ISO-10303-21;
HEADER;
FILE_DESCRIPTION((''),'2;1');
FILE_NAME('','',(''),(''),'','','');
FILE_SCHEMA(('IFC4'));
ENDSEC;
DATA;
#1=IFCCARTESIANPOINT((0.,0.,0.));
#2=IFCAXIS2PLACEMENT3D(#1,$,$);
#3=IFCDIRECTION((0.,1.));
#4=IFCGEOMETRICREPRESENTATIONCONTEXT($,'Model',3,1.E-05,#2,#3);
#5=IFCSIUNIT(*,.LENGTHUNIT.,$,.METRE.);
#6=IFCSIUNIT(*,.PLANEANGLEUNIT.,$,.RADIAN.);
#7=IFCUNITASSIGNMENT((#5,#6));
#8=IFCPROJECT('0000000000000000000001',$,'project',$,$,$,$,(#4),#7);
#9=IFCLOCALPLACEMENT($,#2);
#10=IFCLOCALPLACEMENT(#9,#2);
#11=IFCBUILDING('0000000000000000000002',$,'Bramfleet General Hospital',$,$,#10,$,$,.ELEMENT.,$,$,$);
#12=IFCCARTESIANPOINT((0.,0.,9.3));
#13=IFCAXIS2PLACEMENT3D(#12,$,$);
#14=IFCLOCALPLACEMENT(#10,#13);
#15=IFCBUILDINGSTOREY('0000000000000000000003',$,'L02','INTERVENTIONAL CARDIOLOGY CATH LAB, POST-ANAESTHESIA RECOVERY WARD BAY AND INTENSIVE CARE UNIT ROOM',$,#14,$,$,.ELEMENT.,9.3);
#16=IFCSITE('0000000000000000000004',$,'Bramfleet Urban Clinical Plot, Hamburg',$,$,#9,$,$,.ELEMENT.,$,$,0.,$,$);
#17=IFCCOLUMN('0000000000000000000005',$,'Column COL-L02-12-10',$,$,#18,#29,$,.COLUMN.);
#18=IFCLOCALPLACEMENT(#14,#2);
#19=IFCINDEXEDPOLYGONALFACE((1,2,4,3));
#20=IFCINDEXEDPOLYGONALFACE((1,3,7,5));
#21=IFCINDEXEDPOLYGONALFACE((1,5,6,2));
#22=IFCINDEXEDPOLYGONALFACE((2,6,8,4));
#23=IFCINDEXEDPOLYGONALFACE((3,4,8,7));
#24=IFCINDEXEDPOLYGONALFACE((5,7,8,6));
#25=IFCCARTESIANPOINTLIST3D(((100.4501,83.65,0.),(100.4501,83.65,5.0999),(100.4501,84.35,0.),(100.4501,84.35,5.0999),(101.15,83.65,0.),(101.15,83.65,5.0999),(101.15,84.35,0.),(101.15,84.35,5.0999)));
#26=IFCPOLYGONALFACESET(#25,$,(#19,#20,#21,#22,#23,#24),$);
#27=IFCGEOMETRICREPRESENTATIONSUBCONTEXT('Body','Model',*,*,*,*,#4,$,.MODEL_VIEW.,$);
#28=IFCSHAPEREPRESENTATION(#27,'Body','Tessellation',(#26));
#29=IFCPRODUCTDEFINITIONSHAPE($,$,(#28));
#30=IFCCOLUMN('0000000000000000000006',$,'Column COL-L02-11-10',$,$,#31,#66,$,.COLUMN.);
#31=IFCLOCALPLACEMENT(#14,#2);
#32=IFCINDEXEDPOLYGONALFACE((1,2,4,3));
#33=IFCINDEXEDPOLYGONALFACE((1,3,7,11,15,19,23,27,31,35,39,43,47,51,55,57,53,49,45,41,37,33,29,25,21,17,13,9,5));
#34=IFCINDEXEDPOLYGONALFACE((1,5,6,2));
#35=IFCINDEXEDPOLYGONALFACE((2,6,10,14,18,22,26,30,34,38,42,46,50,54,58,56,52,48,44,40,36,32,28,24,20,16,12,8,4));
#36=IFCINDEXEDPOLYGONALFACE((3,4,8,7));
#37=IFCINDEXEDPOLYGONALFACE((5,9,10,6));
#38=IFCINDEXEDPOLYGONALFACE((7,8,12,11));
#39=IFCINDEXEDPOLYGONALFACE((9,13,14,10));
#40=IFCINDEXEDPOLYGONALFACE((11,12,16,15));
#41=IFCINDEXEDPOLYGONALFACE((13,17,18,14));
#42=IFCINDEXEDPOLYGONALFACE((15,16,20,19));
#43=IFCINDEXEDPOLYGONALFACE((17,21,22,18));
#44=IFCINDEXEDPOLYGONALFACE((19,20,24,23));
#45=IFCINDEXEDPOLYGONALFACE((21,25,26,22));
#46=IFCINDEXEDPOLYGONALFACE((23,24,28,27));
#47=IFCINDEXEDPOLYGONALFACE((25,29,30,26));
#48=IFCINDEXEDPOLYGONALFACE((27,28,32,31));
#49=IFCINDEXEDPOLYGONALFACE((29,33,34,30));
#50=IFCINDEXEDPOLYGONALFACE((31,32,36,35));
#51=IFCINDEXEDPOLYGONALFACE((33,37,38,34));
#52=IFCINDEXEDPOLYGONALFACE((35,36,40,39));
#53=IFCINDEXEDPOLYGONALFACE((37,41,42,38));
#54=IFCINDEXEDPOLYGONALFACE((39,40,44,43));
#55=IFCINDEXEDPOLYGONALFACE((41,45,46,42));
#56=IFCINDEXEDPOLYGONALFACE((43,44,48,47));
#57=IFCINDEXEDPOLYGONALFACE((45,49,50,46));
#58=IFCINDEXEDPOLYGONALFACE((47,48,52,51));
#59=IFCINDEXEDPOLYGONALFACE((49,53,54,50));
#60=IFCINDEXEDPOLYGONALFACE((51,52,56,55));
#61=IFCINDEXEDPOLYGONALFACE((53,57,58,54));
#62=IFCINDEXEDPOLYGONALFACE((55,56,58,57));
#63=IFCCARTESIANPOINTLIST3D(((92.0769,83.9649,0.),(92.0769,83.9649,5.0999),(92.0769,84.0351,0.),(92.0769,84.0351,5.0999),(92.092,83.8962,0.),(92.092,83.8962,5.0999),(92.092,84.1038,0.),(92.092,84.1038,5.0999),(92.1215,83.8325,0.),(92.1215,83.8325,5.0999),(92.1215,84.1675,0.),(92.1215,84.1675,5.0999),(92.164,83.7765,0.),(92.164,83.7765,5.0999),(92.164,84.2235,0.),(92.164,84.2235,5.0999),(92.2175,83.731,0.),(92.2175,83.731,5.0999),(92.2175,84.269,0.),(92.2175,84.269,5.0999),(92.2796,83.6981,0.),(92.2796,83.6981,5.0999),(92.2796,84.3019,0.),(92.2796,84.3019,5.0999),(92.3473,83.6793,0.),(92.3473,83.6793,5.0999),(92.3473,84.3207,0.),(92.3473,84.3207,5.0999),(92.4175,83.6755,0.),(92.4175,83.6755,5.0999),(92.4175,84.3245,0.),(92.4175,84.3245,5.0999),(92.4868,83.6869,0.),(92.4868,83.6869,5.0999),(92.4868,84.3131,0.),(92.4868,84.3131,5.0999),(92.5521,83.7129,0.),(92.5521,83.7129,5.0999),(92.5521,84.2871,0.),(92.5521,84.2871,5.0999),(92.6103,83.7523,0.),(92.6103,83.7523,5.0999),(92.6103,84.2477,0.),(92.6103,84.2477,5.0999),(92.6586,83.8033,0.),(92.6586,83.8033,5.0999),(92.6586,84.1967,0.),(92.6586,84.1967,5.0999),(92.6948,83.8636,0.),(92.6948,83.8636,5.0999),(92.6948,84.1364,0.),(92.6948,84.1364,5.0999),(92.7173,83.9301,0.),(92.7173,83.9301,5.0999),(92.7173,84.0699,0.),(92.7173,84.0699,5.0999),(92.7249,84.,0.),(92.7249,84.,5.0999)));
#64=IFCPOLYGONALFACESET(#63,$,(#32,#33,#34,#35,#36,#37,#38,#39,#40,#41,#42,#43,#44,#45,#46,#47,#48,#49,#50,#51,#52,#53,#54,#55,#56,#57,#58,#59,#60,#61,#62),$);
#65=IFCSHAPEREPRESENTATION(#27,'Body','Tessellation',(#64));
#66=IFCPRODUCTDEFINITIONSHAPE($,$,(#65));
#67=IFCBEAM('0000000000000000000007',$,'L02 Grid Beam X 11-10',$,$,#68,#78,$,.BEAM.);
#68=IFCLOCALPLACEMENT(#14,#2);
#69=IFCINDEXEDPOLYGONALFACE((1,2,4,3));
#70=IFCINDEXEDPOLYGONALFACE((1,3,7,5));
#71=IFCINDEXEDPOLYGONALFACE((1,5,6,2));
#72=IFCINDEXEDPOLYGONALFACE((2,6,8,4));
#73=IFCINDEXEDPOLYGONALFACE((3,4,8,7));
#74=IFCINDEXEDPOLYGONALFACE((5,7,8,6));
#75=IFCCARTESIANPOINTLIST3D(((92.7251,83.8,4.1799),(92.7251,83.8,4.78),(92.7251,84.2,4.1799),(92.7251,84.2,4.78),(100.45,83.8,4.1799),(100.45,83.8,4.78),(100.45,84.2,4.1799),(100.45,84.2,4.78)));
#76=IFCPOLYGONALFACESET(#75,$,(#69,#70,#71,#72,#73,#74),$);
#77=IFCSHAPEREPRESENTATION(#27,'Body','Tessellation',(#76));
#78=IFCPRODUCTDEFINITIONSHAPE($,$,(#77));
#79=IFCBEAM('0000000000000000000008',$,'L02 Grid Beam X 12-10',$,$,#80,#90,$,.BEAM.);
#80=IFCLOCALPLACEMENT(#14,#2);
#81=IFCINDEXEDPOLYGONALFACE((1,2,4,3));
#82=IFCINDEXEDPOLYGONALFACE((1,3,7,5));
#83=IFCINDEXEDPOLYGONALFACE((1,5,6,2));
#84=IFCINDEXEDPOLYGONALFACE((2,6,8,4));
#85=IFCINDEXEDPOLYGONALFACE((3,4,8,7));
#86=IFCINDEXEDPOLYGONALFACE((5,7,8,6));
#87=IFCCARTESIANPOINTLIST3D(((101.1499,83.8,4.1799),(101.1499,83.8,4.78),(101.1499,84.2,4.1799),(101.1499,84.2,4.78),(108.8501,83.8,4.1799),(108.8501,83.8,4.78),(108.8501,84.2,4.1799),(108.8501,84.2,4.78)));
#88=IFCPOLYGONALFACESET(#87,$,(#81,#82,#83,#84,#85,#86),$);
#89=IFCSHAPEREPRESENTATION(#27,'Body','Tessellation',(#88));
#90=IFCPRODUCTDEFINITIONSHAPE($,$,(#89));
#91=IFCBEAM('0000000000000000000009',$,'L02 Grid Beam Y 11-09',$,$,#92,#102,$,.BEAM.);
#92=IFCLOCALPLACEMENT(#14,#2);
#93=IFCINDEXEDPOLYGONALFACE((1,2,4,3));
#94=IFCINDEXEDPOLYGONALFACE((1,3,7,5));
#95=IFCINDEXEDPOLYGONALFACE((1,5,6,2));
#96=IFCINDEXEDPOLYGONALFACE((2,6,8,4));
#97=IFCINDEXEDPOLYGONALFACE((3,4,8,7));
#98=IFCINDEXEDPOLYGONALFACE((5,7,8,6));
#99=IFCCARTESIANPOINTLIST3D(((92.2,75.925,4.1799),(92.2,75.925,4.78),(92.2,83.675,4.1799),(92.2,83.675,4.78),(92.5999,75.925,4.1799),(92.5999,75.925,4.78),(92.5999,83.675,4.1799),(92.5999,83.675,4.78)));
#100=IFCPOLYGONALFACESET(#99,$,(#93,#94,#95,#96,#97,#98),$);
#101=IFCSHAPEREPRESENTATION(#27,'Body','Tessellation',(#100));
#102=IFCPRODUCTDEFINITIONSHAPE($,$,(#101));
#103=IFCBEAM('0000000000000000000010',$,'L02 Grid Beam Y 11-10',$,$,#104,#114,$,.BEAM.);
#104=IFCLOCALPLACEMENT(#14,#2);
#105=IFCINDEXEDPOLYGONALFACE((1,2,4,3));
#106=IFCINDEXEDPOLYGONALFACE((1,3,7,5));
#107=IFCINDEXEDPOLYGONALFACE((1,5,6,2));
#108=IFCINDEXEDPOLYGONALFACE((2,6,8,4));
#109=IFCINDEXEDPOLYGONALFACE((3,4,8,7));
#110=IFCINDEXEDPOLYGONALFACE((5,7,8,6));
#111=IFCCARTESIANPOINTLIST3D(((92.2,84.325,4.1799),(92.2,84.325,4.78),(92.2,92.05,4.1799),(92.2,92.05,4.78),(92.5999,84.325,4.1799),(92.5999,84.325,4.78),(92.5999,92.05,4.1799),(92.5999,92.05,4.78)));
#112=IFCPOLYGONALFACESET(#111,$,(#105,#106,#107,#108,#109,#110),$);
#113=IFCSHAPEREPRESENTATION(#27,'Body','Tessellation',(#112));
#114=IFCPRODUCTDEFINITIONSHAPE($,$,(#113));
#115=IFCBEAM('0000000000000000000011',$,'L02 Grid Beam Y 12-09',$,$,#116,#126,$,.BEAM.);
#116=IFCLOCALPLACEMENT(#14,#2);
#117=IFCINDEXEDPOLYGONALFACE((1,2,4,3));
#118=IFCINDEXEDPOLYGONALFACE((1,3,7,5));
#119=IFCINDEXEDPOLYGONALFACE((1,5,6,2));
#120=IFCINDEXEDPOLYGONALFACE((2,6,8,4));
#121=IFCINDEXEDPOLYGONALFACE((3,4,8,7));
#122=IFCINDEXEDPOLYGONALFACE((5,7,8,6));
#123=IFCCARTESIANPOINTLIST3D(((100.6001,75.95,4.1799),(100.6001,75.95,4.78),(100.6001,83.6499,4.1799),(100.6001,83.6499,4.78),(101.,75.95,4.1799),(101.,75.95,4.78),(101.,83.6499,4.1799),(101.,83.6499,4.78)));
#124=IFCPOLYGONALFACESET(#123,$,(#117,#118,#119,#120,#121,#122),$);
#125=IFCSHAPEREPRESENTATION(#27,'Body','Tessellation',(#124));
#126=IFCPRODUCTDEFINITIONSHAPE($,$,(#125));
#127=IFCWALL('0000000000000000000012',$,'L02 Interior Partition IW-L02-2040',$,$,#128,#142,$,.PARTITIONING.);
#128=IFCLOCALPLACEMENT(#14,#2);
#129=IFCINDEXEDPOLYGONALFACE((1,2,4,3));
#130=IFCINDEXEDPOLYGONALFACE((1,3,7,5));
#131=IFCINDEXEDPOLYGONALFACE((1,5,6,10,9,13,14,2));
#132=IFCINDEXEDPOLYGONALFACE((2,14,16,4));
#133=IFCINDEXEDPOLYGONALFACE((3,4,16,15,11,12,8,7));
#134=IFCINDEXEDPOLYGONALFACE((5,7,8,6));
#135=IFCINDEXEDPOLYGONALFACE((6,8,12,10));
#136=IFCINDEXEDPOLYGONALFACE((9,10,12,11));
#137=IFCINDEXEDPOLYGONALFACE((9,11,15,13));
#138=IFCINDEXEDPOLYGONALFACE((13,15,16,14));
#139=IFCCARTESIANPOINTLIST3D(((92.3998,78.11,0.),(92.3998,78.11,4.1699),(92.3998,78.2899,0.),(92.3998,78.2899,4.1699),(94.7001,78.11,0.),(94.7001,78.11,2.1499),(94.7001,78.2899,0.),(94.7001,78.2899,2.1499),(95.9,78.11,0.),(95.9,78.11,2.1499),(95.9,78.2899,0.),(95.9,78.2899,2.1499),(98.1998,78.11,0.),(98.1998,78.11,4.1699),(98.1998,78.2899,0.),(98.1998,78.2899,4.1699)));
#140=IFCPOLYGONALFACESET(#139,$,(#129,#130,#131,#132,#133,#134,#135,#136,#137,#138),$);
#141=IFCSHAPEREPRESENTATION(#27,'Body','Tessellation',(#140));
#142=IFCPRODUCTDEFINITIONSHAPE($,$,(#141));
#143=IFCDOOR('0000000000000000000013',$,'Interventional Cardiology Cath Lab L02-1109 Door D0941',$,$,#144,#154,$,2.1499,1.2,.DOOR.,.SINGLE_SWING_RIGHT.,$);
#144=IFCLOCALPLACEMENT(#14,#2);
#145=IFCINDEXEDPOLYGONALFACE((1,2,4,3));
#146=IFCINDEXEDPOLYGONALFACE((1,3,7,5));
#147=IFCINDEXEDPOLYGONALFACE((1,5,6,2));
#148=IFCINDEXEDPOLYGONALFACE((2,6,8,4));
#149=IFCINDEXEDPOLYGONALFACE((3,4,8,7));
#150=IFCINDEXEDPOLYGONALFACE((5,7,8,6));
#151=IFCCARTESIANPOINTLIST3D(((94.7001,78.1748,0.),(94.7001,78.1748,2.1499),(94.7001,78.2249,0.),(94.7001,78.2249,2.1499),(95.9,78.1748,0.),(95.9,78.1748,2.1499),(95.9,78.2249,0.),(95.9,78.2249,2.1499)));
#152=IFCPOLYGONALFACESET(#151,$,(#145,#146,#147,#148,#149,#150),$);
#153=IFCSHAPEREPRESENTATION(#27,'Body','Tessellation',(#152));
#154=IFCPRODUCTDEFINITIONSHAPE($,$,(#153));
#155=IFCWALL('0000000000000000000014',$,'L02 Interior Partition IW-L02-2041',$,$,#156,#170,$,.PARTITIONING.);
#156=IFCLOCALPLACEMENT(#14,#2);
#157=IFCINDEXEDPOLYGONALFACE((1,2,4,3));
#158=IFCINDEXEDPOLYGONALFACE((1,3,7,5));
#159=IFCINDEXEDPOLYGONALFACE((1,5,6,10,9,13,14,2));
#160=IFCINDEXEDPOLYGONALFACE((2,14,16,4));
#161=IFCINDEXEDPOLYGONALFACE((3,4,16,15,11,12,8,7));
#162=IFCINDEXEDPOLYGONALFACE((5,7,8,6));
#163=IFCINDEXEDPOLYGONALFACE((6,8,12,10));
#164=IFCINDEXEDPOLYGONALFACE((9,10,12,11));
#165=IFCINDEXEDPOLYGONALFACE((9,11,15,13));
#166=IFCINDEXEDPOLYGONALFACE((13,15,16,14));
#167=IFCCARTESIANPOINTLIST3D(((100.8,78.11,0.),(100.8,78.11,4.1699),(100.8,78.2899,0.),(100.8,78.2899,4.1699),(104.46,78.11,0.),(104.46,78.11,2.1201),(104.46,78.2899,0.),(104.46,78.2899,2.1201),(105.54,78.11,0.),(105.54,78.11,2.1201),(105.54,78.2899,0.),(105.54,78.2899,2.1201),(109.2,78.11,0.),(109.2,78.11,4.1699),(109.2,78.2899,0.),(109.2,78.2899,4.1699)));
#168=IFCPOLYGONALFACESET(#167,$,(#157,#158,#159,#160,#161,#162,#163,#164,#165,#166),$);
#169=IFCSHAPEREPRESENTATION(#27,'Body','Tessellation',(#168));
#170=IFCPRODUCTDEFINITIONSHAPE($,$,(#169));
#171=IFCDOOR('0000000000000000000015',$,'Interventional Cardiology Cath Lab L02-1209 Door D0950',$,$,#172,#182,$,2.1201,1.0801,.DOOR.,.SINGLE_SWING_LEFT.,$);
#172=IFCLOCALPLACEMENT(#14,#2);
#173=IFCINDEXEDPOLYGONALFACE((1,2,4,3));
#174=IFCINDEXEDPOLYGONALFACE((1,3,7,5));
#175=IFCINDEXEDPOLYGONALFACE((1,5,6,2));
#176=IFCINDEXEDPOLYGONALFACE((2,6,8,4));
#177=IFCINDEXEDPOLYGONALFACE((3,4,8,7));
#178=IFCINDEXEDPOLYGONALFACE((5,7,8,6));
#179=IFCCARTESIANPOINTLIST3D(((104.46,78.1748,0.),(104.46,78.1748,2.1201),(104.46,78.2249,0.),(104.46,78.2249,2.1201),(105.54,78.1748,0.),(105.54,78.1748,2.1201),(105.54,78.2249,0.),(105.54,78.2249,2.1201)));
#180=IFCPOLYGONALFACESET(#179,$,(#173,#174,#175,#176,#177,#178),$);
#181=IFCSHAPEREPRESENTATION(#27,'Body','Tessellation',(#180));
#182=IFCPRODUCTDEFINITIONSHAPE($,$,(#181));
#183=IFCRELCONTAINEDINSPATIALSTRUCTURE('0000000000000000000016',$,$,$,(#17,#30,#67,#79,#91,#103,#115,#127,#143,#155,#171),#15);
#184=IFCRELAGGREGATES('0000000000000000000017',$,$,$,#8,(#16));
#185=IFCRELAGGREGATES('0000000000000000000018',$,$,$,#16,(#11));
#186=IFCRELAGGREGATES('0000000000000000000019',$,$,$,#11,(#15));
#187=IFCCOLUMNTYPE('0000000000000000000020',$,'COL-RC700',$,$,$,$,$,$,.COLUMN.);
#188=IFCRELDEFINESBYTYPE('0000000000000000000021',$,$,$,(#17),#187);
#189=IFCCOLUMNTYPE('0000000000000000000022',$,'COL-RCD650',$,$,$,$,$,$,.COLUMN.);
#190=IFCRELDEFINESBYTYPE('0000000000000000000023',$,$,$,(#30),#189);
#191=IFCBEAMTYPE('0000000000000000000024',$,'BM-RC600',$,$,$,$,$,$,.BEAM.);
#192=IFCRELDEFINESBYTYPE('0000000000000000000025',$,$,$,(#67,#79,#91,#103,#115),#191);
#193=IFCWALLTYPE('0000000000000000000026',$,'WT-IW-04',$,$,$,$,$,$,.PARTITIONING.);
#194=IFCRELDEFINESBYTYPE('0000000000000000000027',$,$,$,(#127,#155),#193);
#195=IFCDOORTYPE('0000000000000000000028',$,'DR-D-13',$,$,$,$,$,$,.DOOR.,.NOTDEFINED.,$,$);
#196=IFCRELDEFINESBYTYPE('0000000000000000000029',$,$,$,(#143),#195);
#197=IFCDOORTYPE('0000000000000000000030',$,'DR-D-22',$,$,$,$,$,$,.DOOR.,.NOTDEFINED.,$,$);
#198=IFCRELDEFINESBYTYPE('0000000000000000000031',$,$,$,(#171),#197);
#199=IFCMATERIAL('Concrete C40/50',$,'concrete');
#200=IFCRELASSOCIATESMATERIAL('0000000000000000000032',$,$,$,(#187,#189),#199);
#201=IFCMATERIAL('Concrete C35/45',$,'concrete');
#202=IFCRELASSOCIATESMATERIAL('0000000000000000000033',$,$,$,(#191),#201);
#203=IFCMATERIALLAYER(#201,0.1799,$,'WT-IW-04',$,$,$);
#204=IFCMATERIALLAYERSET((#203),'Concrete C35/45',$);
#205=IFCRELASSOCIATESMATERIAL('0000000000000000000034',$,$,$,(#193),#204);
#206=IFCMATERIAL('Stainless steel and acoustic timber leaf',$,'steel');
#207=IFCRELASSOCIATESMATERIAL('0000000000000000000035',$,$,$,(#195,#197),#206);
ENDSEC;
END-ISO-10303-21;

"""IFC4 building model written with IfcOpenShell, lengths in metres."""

from ifc_helpers import new_model, si_unit, direction, frame, frame_2d, origin, origin_2d, place, context, subcontext, project, spatial, rectangle, circle, extrude, material, layer, layer_set, material_profile, profile_set, type_object, element, fill, save


model = new_model("IFC4")

# Units and contexts
model_context = context("Model", 3, precision=1e-05, world=origin(), true_north=direction((0.0, 1.0)))
body_context = subcontext(model_context, "Body", "Model", "MODEL_VIEW")
ifc_project = project(units=[si_unit("LENGTHUNIT", "METRE"), si_unit("PLANEANGLEUNIT", "RADIAN")], contexts=[model_context])

# Site, building, storey
site_placement = place(None, origin())
site = spatial("IfcSite", under=ifc_project, at=site_placement, Name="Bramfleet Urban Clinical Plot, Hamburg", CompositionType="ELEMENT", RefElevation=0.0)
building_placement = place(site_placement, origin())
building = spatial("IfcBuilding", under=site, at=building_placement, Name="Bramfleet General Hospital", CompositionType="ELEMENT")
storey_placement = place(building_placement, frame((0.0, 0.0, 9.3)))
storey = spatial("IfcBuildingStorey", under=building, at=storey_placement, Name="L02", Description="INTERVENTIONAL CARDIOLOGY CATH LAB, POST-ANAESTHESIA RECOVERY WARD BAY AND INTENSIVE CARE UNIT ROOM", CompositionType="ELEMENT", Elevation=9.3)

# Columns
ifc_material_1 = material(Name="Concrete C40/50", Category="concrete")
ifc_material_profile_1 = material_profile(ifc_material_1, rectangle(XDim=0.7, YDim=0.7, at=origin_2d()), Name="RC COL 700x700")
ifc_profile_set_1 = profile_set([ifc_material_profile_1], Name="Concrete C40/50")
column_type_1 = type_object("IfcColumnType", Name="COL-RC700", PredefinedType="COLUMN", material=ifc_profile_set_1)
column_1_placement = place(storey_placement, frame((100.8, 84.0, 0.0), z_axis=(0.0, 0.0, 1.0), x_axis=(1.0, 0.0, 0.0)))
element("IfcColumn", 1, at=column_1_placement, inside=storey, type_object=column_type_1, Name="Column COL-L02-12-10", PredefinedType="COLUMN", context=body_context, shape_type="SweptSolid", body=[
    extrude(rectangle(XDim=0.7, YDim=0.7, at=origin_2d()), origin(), (0.0, 0.0, 1.0), 5.0999),
])
ifc_material_profile_2 = material_profile(ifc_material_1, circle(Radius=0.325, at=origin_2d()), Name="RC ROUND D650")
ifc_profile_set_2 = profile_set([ifc_material_profile_2], Name="Concrete C40/50")
column_type_2 = type_object("IfcColumnType", Name="COL-RCD650", PredefinedType="COLUMN", material=ifc_profile_set_2)
column_2_placement = place(storey_placement, frame((92.3999, 84.0, 0.0), z_axis=(0.0, 0.0, 1.0), x_axis=(1.0, 0.0, 0.0)))
element("IfcColumn", 2, at=column_2_placement, inside=storey, type_object=column_type_2, Name="Column COL-L02-11-10", PredefinedType="COLUMN", context=body_context, shape_type="SweptSolid", body=[
    extrude(circle(Radius=0.325, at=origin_2d()), origin(), (0.0, 0.0, 1.0), 5.0999),
])

# Beams
ifc_material_2 = material(Name="Concrete C35/45", Category="concrete")
ifc_material_profile_3 = material_profile(ifc_material_2, rectangle(XDim=0.3999, YDim=0.6001, at=origin_2d()), Name="RC BM 600x400")
ifc_profile_set_3 = profile_set([ifc_material_profile_3], Name="Concrete C35/45")
beam_type = type_object("IfcBeamType", Name="BM-RC600", PredefinedType="BEAM", material=ifc_profile_set_3)
beam_1_placement = place(storey_placement, frame((92.7251, 84.0, 4.48), z_axis=(1.0, 0.0, 0.0), x_axis=(0.0, 1.0, 0.0)))
element("IfcBeam", 3, at=beam_1_placement, inside=storey, type_object=beam_type, Name="L02 Grid Beam X 11-10", PredefinedType="BEAM", context=body_context, shape_type="SweptSolid", body=[
    extrude(rectangle(XDim=0.3999, YDim=0.6001, at=origin_2d()), origin(), (0.0, 0.0, 1.0), 7.7249),
])
beam_2_placement = place(storey_placement, frame((101.1499, 84.0, 4.48), z_axis=(1.0, 0.0, 0.0), x_axis=(0.0, 1.0, 0.0)))
element("IfcBeam", 4, at=beam_2_placement, inside=storey, type_object=beam_type, Name="L02 Grid Beam X 12-10", PredefinedType="BEAM", context=body_context, shape_type="SweptSolid", body=[
    extrude(rectangle(XDim=0.3999, YDim=0.6001, at=origin_2d()), origin(), (0.0, 0.0, 1.0), 7.7002),
])
beam_3_placement = place(storey_placement, frame((92.3999, 75.925, 4.48), z_axis=(0.0, 1.0, 0.0), x_axis=(-1.0, 0.0, 0.0)))
element("IfcBeam", 5, at=beam_3_placement, inside=storey, type_object=beam_type, Name="L02 Grid Beam Y 11-09", PredefinedType="BEAM", context=body_context, shape_type="SweptSolid", body=[
    extrude(rectangle(XDim=0.3999, YDim=0.6001, at=origin_2d()), origin(), (0.0, 0.0, 1.0), 7.75),
])
beam_4_placement = place(storey_placement, frame((92.3999, 84.325, 4.48), z_axis=(0.0, 1.0, 0.0), x_axis=(-1.0, 0.0, 0.0)))
element("IfcBeam", 6, at=beam_4_placement, inside=storey, type_object=beam_type, Name="L02 Grid Beam Y 11-10", PredefinedType="BEAM", context=body_context, shape_type="SweptSolid", body=[
    extrude(rectangle(XDim=0.3999, YDim=0.6001, at=origin_2d()), origin(), (0.0, 0.0, 1.0), 7.7251),
])
beam_5_placement = place(storey_placement, frame((100.8, 75.95, 4.48), z_axis=(0.0, 1.0, 0.0), x_axis=(-1.0, 0.0, 0.0)))
element("IfcBeam", 7, at=beam_5_placement, inside=storey, type_object=beam_type, Name="L02 Grid Beam Y 12-09", PredefinedType="BEAM", context=body_context, shape_type="SweptSolid", body=[
    extrude(rectangle(XDim=0.3999, YDim=0.6001, at=origin_2d()), origin(), (0.0, 0.0, 1.0), 7.7),
])

# Walls, openings, doors
ifc_layer_1 = layer(ifc_material_2, 0.1799, Name="WT-IW-04")
ifc_layer_set_1 = layer_set([ifc_layer_1], Name="Concrete C35/45")
wall_type_1 = type_object("IfcWallType", Name="WT-IW-04", PredefinedType="PARTITIONING", material=ifc_layer_set_1)
wall_1_placement = place(storey_placement, frame((92.3999, 78.2, 0.0), z_axis=(0.0, 0.0, 1.0), x_axis=(1.0, 0.0, 0.0)))
wall_1 = element("IfcWall", 8, at=wall_1_placement, inside=storey, type_object=wall_type_1, Name="L02 Interior Partition IW-L02-2040", PredefinedType="PARTITIONING", context=body_context, shape_type="SweptSolid", body=[
    extrude(rectangle(XDim=5.8, YDim=0.1799, at=frame_2d((2.8999, 0.0))), origin(), (0.0, 0.0, 1.0), 4.1699),
])
opening_1_placement = place(wall_1_placement, frame((2.3, 0.0, 0.0)))
opening_1 = element("IfcOpeningElement", 9, at=opening_1_placement, cuts=wall_1, PredefinedType="OPENING", context=body_context, shape_type="SweptSolid", body=[
    extrude(rectangle(XDim=1.2, YDim=2.1499, at=frame_2d((0.6001, 1.075))), frame((0.0, 0.0999, 0.0), z_axis=(0.0, -1.0, 0.0), x_axis=(1.0, 0.0, 0.0)), (0.0, 0.0, 1.0), 0.2),
])
ifc_material_3 = material(Name="Stainless steel and acoustic timber leaf", Category="steel")
door_type_1 = type_object("IfcDoorType", Name="DR-D-13", OperationType="NOTDEFINED", PredefinedType="DOOR", material=ifc_material_3)
door_1_placement = place(opening_1_placement, origin())
door_1 = element("IfcDoor", 10, at=door_1_placement, inside=storey, type_object=door_type_1, Name="Interventional Cardiology Cath Lab L02-1109 Door D0941", OperationType="SINGLE_SWING_RIGHT", OverallHeight=2.1499, OverallWidth=1.2, PredefinedType="DOOR", context=body_context, shape_type="SweptSolid", body=[
    extrude(rectangle(XDim=1.2, YDim=2.1499, at=frame_2d((0.6001, 1.075))), frame((0.0, 0.0249, 0.0), z_axis=(0.0, -1.0, 0.0), x_axis=(1.0, 0.0, 0.0)), (0.0, 0.0, 1.0), 0.05),
])
fill(opening_1, door_1)
wall_2_placement = place(storey_placement, frame((100.8, 78.2, 0.0), z_axis=(0.0, 0.0, 1.0), x_axis=(1.0, 0.0, 0.0)))
wall_2 = element("IfcWall", 11, at=wall_2_placement, inside=storey, type_object=wall_type_1, Name="L02 Interior Partition IW-L02-2041", PredefinedType="PARTITIONING", context=body_context, shape_type="SweptSolid", body=[
    extrude(rectangle(XDim=8.3999, YDim=0.1799, at=frame_2d((4.2, 0.0))), origin(), (0.0, 0.0, 1.0), 4.1699),
])
opening_2_placement = place(wall_2_placement, frame((3.6599, 0.0, 0.0)))
opening_2 = element("IfcOpeningElement", 12, at=opening_2_placement, cuts=wall_2, PredefinedType="OPENING", context=body_context, shape_type="SweptSolid", body=[
    extrude(rectangle(XDim=1.0801, YDim=2.1201, at=frame_2d((0.54, 1.0601))), frame((0.0, 0.0999, 0.0), z_axis=(0.0, -1.0, 0.0), x_axis=(1.0, 0.0, 0.0)), (0.0, 0.0, 1.0), 0.2),
])
door_type_2 = type_object("IfcDoorType", Name="DR-D-22", OperationType="NOTDEFINED", PredefinedType="DOOR", material=ifc_material_3)
door_2_placement = place(opening_2_placement, origin())
door_2 = element("IfcDoor", 13, at=door_2_placement, inside=storey, type_object=door_type_2, Name="Interventional Cardiology Cath Lab L02-1209 Door D0950", OperationType="SINGLE_SWING_LEFT", OverallHeight=2.1201, OverallWidth=1.0801, PredefinedType="DOOR", context=body_context, shape_type="SweptSolid", body=[
    extrude(rectangle(XDim=1.0801, YDim=2.1201, at=frame_2d((0.54, 1.0601))), frame((0.0, 0.0249, 0.0), z_axis=(0.0, -1.0, 0.0), x_axis=(1.0, 0.0, 0.0)), (0.0, 0.0, 1.0), 0.05),
])
fill(opening_2, door_2)

save(model, "model.ifc")
